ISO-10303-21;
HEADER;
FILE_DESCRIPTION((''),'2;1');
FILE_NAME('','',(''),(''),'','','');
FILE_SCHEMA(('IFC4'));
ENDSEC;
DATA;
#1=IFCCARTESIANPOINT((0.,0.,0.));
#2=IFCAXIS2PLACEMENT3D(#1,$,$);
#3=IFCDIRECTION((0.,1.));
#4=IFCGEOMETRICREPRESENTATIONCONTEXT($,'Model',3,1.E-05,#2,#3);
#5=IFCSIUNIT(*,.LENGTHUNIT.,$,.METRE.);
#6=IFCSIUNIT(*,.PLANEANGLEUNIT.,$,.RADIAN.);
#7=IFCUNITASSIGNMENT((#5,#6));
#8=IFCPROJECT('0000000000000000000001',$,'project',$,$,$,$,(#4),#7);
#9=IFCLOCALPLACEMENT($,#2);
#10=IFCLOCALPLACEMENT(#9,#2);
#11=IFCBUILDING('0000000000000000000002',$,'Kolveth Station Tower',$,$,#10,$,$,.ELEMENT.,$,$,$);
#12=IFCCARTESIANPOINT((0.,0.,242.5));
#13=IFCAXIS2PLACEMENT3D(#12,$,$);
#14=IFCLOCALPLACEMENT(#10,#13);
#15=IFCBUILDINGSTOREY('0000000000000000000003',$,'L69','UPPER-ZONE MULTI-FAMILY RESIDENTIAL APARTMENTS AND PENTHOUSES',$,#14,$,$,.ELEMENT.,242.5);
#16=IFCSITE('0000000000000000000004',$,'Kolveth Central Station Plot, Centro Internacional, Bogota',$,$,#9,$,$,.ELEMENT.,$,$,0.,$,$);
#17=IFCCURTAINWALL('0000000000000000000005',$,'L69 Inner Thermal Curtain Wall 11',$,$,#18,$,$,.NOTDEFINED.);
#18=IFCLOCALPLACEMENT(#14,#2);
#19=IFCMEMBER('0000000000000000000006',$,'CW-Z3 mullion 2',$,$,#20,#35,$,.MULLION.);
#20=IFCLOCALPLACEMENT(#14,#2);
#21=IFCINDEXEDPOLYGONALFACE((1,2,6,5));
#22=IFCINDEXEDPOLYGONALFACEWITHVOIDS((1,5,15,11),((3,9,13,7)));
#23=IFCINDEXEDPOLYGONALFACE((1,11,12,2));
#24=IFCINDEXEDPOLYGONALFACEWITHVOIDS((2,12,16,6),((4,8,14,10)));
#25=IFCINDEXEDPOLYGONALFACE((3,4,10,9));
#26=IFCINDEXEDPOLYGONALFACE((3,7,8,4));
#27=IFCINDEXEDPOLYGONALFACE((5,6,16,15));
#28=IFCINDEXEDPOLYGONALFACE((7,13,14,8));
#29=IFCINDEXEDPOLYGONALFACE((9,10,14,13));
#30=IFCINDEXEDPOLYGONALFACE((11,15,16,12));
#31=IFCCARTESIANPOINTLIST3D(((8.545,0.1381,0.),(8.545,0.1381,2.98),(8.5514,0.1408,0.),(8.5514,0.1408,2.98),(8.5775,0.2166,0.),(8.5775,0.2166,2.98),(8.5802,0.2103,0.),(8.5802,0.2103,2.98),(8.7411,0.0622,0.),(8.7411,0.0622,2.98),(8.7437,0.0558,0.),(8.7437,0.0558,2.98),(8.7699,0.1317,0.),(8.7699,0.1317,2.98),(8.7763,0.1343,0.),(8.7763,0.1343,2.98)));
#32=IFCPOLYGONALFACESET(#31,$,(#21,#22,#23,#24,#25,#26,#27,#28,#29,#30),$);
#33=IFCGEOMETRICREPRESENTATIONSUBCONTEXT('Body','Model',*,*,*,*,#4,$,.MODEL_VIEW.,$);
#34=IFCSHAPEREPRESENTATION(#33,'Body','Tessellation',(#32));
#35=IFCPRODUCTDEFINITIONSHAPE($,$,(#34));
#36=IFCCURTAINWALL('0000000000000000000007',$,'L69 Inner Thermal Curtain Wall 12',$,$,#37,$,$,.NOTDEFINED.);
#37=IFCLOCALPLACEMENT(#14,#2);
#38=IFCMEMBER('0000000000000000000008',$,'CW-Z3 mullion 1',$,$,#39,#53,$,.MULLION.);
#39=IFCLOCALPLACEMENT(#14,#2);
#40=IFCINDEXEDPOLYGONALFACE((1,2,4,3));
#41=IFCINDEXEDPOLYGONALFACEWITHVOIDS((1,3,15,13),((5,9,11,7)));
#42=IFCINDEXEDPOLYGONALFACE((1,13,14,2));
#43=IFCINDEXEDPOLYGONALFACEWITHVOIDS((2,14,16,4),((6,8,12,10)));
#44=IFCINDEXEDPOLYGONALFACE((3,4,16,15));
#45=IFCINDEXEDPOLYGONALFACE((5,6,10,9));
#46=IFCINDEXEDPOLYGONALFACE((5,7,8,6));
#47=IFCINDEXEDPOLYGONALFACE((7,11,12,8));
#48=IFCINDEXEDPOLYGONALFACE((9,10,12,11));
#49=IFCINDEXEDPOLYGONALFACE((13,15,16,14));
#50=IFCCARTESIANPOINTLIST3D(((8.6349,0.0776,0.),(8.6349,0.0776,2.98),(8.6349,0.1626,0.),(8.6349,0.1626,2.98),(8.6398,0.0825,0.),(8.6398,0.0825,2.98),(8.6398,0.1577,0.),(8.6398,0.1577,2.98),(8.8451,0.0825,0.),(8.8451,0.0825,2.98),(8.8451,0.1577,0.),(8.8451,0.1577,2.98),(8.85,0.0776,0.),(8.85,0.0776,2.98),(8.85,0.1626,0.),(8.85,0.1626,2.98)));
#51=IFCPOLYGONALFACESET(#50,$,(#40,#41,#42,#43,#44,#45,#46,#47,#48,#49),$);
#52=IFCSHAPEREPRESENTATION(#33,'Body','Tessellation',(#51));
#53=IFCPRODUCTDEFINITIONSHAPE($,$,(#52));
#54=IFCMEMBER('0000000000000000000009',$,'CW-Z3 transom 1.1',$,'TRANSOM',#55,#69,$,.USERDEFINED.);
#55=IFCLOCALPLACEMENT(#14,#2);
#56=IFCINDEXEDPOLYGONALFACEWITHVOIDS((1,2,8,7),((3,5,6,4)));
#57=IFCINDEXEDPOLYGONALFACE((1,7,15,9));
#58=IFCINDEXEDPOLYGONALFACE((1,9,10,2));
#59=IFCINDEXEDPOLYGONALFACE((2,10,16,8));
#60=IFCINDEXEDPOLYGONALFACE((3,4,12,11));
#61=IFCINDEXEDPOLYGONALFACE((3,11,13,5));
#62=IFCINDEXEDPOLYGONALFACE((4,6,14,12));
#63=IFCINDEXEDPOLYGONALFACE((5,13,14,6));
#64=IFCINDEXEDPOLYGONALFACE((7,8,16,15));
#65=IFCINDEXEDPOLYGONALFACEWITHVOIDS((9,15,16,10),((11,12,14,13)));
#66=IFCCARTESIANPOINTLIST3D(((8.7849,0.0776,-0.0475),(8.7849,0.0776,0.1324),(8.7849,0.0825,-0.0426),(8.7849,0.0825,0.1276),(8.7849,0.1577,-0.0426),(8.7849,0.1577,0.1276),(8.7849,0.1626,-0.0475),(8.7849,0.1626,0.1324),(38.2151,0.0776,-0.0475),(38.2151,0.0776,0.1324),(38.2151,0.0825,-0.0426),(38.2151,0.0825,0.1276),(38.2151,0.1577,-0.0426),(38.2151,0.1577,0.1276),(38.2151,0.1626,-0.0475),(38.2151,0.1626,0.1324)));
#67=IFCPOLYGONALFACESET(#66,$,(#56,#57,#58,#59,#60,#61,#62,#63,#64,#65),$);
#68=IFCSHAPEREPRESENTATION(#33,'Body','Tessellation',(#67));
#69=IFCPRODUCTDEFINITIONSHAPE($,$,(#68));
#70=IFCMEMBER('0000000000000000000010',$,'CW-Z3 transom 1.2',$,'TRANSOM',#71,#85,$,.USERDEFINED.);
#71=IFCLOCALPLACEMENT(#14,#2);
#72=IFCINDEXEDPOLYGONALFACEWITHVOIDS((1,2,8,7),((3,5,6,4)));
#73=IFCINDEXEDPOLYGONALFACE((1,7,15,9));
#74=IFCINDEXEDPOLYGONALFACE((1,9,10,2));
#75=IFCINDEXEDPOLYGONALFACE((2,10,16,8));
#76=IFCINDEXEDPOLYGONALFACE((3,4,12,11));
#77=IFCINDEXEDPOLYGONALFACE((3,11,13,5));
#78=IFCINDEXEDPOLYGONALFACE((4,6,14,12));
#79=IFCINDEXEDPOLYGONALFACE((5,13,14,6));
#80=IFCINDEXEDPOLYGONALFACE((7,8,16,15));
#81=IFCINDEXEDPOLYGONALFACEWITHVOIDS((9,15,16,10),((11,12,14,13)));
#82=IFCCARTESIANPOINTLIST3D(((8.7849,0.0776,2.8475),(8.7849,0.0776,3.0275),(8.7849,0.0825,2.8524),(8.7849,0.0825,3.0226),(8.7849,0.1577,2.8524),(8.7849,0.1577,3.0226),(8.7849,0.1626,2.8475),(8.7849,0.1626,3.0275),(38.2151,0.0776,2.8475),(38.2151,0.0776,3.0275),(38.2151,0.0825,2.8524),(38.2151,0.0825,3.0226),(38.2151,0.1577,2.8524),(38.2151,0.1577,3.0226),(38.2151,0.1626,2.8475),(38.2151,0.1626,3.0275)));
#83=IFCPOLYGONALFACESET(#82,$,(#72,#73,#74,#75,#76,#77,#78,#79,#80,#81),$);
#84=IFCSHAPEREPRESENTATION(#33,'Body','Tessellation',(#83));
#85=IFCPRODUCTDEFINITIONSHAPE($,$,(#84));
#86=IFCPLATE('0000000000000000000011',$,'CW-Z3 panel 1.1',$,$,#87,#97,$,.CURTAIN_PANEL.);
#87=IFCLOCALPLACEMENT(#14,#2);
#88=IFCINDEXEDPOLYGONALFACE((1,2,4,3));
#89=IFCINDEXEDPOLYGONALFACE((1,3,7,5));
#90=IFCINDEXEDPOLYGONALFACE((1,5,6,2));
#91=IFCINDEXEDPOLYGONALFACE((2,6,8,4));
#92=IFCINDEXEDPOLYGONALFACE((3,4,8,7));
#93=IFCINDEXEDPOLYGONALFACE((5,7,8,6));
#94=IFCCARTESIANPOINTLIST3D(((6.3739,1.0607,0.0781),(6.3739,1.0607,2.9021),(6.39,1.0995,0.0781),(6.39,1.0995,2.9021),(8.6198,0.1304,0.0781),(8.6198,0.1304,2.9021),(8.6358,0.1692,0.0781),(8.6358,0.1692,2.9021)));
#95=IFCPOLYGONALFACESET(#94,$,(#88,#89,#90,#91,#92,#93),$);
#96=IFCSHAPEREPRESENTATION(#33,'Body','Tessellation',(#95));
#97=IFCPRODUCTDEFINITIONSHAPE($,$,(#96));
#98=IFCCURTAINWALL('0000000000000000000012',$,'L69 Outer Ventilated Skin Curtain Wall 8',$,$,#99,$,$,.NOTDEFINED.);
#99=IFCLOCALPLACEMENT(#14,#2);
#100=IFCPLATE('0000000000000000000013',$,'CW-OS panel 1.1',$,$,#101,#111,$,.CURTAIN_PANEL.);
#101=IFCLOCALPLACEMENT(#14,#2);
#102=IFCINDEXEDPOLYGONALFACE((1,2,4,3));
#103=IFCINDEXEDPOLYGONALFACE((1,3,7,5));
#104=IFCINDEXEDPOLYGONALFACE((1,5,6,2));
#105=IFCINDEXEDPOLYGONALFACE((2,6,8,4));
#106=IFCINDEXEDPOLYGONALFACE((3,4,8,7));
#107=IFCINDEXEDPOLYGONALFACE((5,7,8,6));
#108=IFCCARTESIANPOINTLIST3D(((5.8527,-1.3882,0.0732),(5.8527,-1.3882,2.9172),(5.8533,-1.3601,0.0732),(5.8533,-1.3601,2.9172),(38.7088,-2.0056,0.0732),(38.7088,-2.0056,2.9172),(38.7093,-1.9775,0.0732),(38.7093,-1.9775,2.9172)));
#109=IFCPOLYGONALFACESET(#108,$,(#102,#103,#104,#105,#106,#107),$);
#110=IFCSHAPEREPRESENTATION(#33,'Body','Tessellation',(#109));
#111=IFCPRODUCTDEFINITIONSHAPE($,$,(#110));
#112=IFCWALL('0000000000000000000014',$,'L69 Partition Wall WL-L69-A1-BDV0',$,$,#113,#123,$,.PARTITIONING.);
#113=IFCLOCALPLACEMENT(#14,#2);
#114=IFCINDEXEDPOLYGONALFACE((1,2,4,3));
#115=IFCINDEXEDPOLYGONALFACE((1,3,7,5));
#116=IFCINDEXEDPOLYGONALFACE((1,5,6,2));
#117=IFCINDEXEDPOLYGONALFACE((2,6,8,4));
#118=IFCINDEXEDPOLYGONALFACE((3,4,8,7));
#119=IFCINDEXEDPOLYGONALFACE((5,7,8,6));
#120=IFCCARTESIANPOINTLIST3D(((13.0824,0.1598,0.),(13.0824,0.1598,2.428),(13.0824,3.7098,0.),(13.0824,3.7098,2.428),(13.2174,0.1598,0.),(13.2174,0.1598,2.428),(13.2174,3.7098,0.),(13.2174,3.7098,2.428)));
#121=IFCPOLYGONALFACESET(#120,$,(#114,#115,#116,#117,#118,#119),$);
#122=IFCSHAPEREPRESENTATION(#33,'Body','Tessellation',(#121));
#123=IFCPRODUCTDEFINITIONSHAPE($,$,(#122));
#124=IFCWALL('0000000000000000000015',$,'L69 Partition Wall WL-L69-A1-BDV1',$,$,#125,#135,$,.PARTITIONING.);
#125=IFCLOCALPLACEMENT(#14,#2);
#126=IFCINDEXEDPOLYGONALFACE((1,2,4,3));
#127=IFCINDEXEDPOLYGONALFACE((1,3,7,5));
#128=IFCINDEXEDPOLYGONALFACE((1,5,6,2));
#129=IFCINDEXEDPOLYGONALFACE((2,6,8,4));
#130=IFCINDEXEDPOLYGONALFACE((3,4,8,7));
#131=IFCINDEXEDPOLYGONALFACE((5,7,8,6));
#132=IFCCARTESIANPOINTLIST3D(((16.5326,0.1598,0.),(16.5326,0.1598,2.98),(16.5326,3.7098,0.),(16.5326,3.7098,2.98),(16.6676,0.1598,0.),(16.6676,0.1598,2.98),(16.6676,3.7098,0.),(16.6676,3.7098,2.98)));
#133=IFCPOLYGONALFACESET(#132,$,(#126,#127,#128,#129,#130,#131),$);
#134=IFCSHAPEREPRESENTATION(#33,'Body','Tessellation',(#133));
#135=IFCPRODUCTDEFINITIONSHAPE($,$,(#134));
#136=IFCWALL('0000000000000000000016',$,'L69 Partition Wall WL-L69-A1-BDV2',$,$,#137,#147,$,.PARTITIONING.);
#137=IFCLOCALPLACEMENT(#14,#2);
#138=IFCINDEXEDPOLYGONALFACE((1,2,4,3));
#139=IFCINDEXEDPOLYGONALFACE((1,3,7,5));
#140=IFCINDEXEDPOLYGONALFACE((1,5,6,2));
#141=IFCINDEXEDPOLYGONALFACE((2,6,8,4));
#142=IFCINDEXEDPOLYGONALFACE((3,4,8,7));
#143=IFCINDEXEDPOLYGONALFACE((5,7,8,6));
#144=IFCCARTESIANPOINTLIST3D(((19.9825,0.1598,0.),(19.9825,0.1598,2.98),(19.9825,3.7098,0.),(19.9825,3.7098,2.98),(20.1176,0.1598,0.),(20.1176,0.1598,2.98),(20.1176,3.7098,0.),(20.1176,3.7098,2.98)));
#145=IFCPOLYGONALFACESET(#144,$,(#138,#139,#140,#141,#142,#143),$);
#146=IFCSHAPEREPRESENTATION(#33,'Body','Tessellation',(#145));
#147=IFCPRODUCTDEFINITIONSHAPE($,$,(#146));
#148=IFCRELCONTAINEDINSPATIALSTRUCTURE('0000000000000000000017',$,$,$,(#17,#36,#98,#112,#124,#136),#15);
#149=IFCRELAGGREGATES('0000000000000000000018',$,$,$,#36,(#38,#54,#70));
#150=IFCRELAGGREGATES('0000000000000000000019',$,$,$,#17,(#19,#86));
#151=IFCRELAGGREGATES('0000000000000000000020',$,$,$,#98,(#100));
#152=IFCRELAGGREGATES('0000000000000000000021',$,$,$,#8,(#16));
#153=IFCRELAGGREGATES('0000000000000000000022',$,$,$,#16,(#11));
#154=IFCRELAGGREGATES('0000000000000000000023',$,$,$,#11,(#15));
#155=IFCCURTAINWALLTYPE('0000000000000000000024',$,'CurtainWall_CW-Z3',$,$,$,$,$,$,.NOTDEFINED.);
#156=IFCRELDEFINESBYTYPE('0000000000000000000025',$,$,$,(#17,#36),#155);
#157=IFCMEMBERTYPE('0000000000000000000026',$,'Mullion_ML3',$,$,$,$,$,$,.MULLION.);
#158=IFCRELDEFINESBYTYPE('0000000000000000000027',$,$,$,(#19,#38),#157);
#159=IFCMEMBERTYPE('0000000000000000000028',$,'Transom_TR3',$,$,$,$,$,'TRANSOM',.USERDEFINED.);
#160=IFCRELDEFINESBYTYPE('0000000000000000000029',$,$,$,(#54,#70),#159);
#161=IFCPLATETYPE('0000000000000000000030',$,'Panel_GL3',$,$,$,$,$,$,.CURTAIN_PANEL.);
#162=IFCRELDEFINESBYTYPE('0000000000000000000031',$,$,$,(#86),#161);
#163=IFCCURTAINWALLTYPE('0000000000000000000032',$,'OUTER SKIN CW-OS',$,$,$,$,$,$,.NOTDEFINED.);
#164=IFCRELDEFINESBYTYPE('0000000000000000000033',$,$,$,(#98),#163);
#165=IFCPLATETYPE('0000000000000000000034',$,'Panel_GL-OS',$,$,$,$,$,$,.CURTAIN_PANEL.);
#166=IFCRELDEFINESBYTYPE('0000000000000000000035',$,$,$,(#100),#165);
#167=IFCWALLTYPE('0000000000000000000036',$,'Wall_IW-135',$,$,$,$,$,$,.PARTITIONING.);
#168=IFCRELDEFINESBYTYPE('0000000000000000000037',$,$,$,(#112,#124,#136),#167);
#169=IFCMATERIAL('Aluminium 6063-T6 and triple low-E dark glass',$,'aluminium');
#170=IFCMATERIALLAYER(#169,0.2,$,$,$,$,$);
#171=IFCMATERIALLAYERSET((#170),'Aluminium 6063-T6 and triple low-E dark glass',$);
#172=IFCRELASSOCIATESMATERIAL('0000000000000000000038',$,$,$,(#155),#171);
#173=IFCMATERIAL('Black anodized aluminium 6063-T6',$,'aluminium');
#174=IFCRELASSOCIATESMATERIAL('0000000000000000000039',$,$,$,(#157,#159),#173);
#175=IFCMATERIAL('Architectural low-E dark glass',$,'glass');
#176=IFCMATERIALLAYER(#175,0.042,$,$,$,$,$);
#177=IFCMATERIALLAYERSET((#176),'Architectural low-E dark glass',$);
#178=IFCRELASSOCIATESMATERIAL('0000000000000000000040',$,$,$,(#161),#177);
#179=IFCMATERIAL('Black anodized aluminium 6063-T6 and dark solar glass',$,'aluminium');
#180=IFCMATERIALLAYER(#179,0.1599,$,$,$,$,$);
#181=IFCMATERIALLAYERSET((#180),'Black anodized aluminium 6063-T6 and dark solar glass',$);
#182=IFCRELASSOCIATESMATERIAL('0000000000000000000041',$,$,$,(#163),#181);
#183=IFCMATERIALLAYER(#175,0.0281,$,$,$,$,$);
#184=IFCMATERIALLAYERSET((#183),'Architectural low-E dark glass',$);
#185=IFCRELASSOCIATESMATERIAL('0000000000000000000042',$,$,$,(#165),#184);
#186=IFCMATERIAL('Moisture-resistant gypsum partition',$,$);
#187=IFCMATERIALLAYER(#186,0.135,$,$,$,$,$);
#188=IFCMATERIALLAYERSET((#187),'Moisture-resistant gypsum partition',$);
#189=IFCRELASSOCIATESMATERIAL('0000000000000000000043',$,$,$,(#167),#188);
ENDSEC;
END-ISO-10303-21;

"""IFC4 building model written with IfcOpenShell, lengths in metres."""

from ifc_helpers import new_model, si_unit, direction, frame, frame_2d, origin, origin_2d, place, context, subcontext, project, spatial, rectangle, hollow_rectangle, extrude, source, transform, mapped, material, layer, layer_set, material_profile, profile_set, type_object, element, aggregate, save


model = new_model("IFC4")

# Units and contexts
model_context = context("Model", 3, precision=1e-05, world=origin(), true_north=direction((0.0, 1.0)))
body_context = subcontext(model_context, "Body", "Model", "MODEL_VIEW")
ifc_project = project(units=[si_unit("LENGTHUNIT", "METRE"), si_unit("PLANEANGLEUNIT", "RADIAN")], contexts=[model_context])

# Site, building, storey
site_placement = place(None, origin())
site = spatial("IfcSite", under=ifc_project, at=site_placement, Name="Kolveth Central Station Plot, Centro Internacional, Bogota", CompositionType="ELEMENT", RefElevation=0.0)
building_placement = place(site_placement, origin())
building = spatial("IfcBuilding", under=site, at=building_placement, Name="Kolveth Station Tower", CompositionType="ELEMENT")
storey_placement = place(building_placement, frame((0.0, 0.0, 242.5)))
storey = spatial("IfcBuildingStorey", under=building, at=storey_placement, Name="L69", Description="UPPER-ZONE MULTI-FAMILY RESIDENTIAL APARTMENTS AND PENTHOUSES", CompositionType="ELEMENT", Elevation=242.5)

# Curtain wall, member
ifc_material_1 = material(Name="Aluminium 6063-T6 and triple low-E dark glass", Category="aluminium")
ifc_layer_1 = layer(ifc_material_1, 0.2)
ifc_layer_set_1 = layer_set([ifc_layer_1], Name="Aluminium 6063-T6 and triple low-E dark glass")
curtain_wall_type_1 = type_object("IfcCurtainWallType", Name="CurtainWall_CW-Z3", PredefinedType="NOTDEFINED", material=ifc_layer_set_1)
curtain_wall_1_placement = place(storey_placement, origin())
curtain_wall_1 = element("IfcCurtainWall", 1, at=curtain_wall_1_placement, inside=storey, type_object=curtain_wall_type_1, Name="L69 Inner Thermal Curtain Wall 11", PredefinedType="NOTDEFINED")
ifc_material_2 = material(Name="Black anodized aluminium 6063-T6", Category="aluminium")
ifc_material_profile_1 = material_profile(ifc_material_2, hollow_rectangle(XDim=0.085, YDim=0.2151, WallThickness=0.0049, at=origin_2d()), Name="ALU-85x215x5")
ifc_profile_set_1 = profile_set([ifc_material_profile_1], Name="Black anodized aluminium 6063-T6")
member_type_1 = type_object("IfcMemberType", Name="Mullion_ML3", PredefinedType="MULLION", material=ifc_profile_set_1)
shared_shape_1 = source(origin(), body_context, "Body", "SweptSolid", [
    extrude(hollow_rectangle(XDim=0.085, YDim=0.2151, WallThickness=0.0049, at=origin_2d()), origin(), (0.0, 0.0, 1.0), 2.98),
])
member_1_placement = place(storey_placement, frame((8.6606, 0.1362, 0.0), z_axis=(0.0, 0.0, 1.0), x_axis=(0.382693, 0.923875, 0.0)))
member_1 = element("IfcMember", 2, at=member_1_placement, type_object=member_type_1, Name="CW-Z3 mullion 2", PredefinedType="MULLION", context=body_context, shape_type="MappedRepresentation", body=[
    mapped(shared_shape_1, transform((0.0, 0.0, 0.0), x_axis=(1.0, 0.0, 0.0), y_axis=(0.0, 1.0, 0.0), z_axis=(0.0, 0.0, 1.0), scale=1.0)),
])

# Curtain wall, members
curtain_wall_2_placement = place(storey_placement, origin())
curtain_wall_2 = element("IfcCurtainWall", 3, at=curtain_wall_2_placement, inside=storey, type_object=curtain_wall_type_1, Name="L69 Inner Thermal Curtain Wall 12", PredefinedType="NOTDEFINED")
member_2_placement = place(storey_placement, frame((8.7424, 0.1201, 0.0), z_axis=(0.0, 0.0, 1.0), x_axis=(0.0, 1.0, 0.0)))
member_2 = element("IfcMember", 4, at=member_2_placement, type_object=member_type_1, Name="CW-Z3 mullion 1", PredefinedType="MULLION", context=body_context, shape_type="MappedRepresentation", body=[
    mapped(shared_shape_1, transform((0.0, 0.0, 0.0), x_axis=(1.0, 0.0, 0.0), y_axis=(0.0, 1.0, 0.0), z_axis=(0.0, 0.0, 1.0), scale=1.0)),
])
ifc_material_profile_2 = material_profile(ifc_material_2, hollow_rectangle(XDim=0.085, YDim=0.1799, WallThickness=0.0049, at=origin_2d()), Name="ALU-85x180x5")
ifc_profile_set_2 = profile_set([ifc_material_profile_2], Name="Black anodized aluminium 6063-T6")
member_type_2 = type_object("IfcMemberType", Name="Transom_TR3", ElementType="TRANSOM", PredefinedType="USERDEFINED", material=ifc_profile_set_2)
shared_shape_2 = source(origin(), body_context, "Body", "SweptSolid", [
    extrude(hollow_rectangle(XDim=0.085, YDim=0.1799, WallThickness=0.0049, at=origin_2d()), origin(), (0.0, 0.0, 1.0), 29.4302),
])
member_3_placement = place(storey_placement, frame((8.7849, 0.1201, 0.0425), z_axis=(1.0, 0.0, 0.0), x_axis=(0.0, 1.0, 0.0)))
member_3 = element("IfcMember", 5, at=member_3_placement, type_object=member_type_2, Name="CW-Z3 transom 1.1", ObjectType="TRANSOM", PredefinedType="USERDEFINED", context=body_context, shape_type="MappedRepresentation", body=[
    mapped(shared_shape_2, transform((0.0, 0.0, 0.0), x_axis=(1.0, 0.0, 0.0), y_axis=(0.0, 1.0, 0.0), z_axis=(0.0, 0.0, 1.0), scale=1.0)),
])
member_4_placement = place(storey_placement, frame((8.7849, 0.1201, 2.9375), z_axis=(1.0, 0.0, 0.0), x_axis=(0.0, 1.0, 0.0)))
member_4 = element("IfcMember", 6, at=member_4_placement, type_object=member_type_2, Name="CW-Z3 transom 1.2", ObjectType="TRANSOM", PredefinedType="USERDEFINED", context=body_context, shape_type="MappedRepresentation", body=[
    mapped(shared_shape_2, transform((0.0, 0.0, 0.0), x_axis=(1.0, 0.0, 0.0), y_axis=(0.0, 1.0, 0.0), z_axis=(0.0, 0.0, 1.0), scale=1.0)),
])
aggregate(curtain_wall_2, [member_2, member_3, member_4])

# Plate
ifc_material_3 = material(Name="Architectural low-E dark glass", Category="glass")
ifc_layer_2 = layer(ifc_material_3, 0.042)
ifc_layer_set_2 = layer_set([ifc_layer_2], Name="Architectural low-E dark glass")
plate_type_1 = type_object("IfcPlateType", Name="Panel_GL3", PredefinedType="CURTAIN_PANEL", material=ifc_layer_set_2)
shared_shape_3 = source(origin(), body_context, "Body", "SweptSolid", [
    extrude(rectangle(XDim=2.4309, YDim=0.042, at=origin_2d()), origin(), (0.0, 0.0, 1.0), 2.824),
])
plate_1_placement = place(storey_placement, frame((7.5049, 0.615, 0.0781), z_axis=(0.0, 0.0, 1.0), x_axis=(0.923875, -0.382693, 0.0)))
plate_1 = element("IfcPlate", 7, at=plate_1_placement, type_object=plate_type_1, Name="CW-Z3 panel 1.1", PredefinedType="CURTAIN_PANEL", context=body_context, shape_type="MappedRepresentation", body=[
    mapped(shared_shape_3, transform((0.0, 0.0, 0.0), x_axis=(1.0, 0.0, 0.0), y_axis=(0.0, 1.0, 0.0), z_axis=(0.0, 0.0, 1.0), scale=1.0)),
])
aggregate(curtain_wall_1, [member_1, plate_1])

# Curtain wall, plate
ifc_material_4 = material(Name="Black anodized aluminium 6063-T6 and dark solar glass", Category="aluminium")
ifc_layer_3 = layer(ifc_material_4, 0.1599)
ifc_layer_set_3 = layer_set([ifc_layer_3], Name="Black anodized aluminium 6063-T6 and dark solar glass")
curtain_wall_type_2 = type_object("IfcCurtainWallType", Name="OUTER SKIN CW-OS", PredefinedType="NOTDEFINED", material=ifc_layer_set_3)
curtain_wall_3_placement = place(storey_placement, origin())
curtain_wall_3 = element("IfcCurtainWall", 8, at=curtain_wall_3_placement, inside=storey, type_object=curtain_wall_type_2, Name="L69 Outer Ventilated Skin Curtain Wall 8", PredefinedType="NOTDEFINED")
ifc_layer_4 = layer(ifc_material_3, 0.0281)
ifc_layer_set_4 = layer_set([ifc_layer_4], Name="Architectural low-E dark glass")
plate_type_2 = type_object("IfcPlateType", Name="Panel_GL-OS", PredefinedType="CURTAIN_PANEL", material=ifc_layer_set_4)
shared_shape_4 = source(origin(), body_context, "Body", "SweptSolid", [
    extrude(rectangle(XDim=32.8618, YDim=0.0281, at=origin_2d()), origin(), (0.0, 0.0, 1.0), 2.844),
])
plate_2_placement = place(storey_placement, frame((22.281, -1.6829, 0.0732), z_axis=(0.0, 0.0, 1.0), x_axis=(0.999824, -0.018787, 0.0)))
plate_2 = element("IfcPlate", 9, at=plate_2_placement, type_object=plate_type_2, Name="CW-OS panel 1.1", PredefinedType="CURTAIN_PANEL", context=body_context, shape_type="MappedRepresentation", body=[
    mapped(shared_shape_4, transform((0.0, 0.0, 0.0), x_axis=(1.0, 0.0, 0.0), y_axis=(0.0, 1.0, 0.0), z_axis=(0.0, 0.0, 1.0), scale=1.0)),
])
aggregate(curtain_wall_3, [plate_2])

# Wall
ifc_material_5 = material(Name="Moisture-resistant gypsum partition")
ifc_layer_5 = layer(ifc_material_5, 0.135)
ifc_layer_set_5 = layer_set([ifc_layer_5], Name="Moisture-resistant gypsum partition")
wall_type = type_object("IfcWallType", Name="Wall_IW-135", PredefinedType="PARTITIONING", material=ifc_layer_set_5)
wall_1_placement = place(storey_placement, frame((13.1499, 0.1599, 0.0), z_axis=(0.0, 0.0, 1.0), x_axis=(0.0, 1.0, 0.0)))
element("IfcWall", 10, at=wall_1_placement, inside=storey, type_object=wall_type, Name="L69 Partition Wall WL-L69-A1-BDV0", PredefinedType="PARTITIONING", context=body_context, shape_type="SweptSolid", body=[
    extrude(rectangle(XDim=3.55, YDim=0.135, at=frame_2d((1.7749, 0.0))), origin(), (0.0, 0.0, 1.0), 2.428),
])

# Wall
wall_2_placement = place(storey_placement, frame((16.6001, 0.1599, 0.0), z_axis=(0.0, 0.0, 1.0), x_axis=(0.0, 1.0, 0.0)))
element("IfcWall", 11, at=wall_2_placement, inside=storey, type_object=wall_type, Name="L69 Partition Wall WL-L69-A1-BDV1", PredefinedType="PARTITIONING", context=body_context, shape_type="SweptSolid", body=[
    extrude(rectangle(XDim=3.55, YDim=0.135, at=frame_2d((1.7749, 0.0))), origin(), (0.0, 0.0, 1.0), 2.98),
])

# Wall
wall_3_placement = place(storey_placement, frame((20.05, 0.1599, 0.0), z_axis=(0.0, 0.0, 1.0), x_axis=(0.0, 1.0, 0.0)))
element("IfcWall", 12, at=wall_3_placement, inside=storey, type_object=wall_type, Name="L69 Partition Wall WL-L69-A1-BDV2", PredefinedType="PARTITIONING", context=body_context, shape_type="SweptSolid", body=[
    extrude(rectangle(XDim=3.55, YDim=0.135, at=frame_2d((1.7749, 0.0))), origin(), (0.0, 0.0, 1.0), 2.98),
])

save(model, "model.ifc")
